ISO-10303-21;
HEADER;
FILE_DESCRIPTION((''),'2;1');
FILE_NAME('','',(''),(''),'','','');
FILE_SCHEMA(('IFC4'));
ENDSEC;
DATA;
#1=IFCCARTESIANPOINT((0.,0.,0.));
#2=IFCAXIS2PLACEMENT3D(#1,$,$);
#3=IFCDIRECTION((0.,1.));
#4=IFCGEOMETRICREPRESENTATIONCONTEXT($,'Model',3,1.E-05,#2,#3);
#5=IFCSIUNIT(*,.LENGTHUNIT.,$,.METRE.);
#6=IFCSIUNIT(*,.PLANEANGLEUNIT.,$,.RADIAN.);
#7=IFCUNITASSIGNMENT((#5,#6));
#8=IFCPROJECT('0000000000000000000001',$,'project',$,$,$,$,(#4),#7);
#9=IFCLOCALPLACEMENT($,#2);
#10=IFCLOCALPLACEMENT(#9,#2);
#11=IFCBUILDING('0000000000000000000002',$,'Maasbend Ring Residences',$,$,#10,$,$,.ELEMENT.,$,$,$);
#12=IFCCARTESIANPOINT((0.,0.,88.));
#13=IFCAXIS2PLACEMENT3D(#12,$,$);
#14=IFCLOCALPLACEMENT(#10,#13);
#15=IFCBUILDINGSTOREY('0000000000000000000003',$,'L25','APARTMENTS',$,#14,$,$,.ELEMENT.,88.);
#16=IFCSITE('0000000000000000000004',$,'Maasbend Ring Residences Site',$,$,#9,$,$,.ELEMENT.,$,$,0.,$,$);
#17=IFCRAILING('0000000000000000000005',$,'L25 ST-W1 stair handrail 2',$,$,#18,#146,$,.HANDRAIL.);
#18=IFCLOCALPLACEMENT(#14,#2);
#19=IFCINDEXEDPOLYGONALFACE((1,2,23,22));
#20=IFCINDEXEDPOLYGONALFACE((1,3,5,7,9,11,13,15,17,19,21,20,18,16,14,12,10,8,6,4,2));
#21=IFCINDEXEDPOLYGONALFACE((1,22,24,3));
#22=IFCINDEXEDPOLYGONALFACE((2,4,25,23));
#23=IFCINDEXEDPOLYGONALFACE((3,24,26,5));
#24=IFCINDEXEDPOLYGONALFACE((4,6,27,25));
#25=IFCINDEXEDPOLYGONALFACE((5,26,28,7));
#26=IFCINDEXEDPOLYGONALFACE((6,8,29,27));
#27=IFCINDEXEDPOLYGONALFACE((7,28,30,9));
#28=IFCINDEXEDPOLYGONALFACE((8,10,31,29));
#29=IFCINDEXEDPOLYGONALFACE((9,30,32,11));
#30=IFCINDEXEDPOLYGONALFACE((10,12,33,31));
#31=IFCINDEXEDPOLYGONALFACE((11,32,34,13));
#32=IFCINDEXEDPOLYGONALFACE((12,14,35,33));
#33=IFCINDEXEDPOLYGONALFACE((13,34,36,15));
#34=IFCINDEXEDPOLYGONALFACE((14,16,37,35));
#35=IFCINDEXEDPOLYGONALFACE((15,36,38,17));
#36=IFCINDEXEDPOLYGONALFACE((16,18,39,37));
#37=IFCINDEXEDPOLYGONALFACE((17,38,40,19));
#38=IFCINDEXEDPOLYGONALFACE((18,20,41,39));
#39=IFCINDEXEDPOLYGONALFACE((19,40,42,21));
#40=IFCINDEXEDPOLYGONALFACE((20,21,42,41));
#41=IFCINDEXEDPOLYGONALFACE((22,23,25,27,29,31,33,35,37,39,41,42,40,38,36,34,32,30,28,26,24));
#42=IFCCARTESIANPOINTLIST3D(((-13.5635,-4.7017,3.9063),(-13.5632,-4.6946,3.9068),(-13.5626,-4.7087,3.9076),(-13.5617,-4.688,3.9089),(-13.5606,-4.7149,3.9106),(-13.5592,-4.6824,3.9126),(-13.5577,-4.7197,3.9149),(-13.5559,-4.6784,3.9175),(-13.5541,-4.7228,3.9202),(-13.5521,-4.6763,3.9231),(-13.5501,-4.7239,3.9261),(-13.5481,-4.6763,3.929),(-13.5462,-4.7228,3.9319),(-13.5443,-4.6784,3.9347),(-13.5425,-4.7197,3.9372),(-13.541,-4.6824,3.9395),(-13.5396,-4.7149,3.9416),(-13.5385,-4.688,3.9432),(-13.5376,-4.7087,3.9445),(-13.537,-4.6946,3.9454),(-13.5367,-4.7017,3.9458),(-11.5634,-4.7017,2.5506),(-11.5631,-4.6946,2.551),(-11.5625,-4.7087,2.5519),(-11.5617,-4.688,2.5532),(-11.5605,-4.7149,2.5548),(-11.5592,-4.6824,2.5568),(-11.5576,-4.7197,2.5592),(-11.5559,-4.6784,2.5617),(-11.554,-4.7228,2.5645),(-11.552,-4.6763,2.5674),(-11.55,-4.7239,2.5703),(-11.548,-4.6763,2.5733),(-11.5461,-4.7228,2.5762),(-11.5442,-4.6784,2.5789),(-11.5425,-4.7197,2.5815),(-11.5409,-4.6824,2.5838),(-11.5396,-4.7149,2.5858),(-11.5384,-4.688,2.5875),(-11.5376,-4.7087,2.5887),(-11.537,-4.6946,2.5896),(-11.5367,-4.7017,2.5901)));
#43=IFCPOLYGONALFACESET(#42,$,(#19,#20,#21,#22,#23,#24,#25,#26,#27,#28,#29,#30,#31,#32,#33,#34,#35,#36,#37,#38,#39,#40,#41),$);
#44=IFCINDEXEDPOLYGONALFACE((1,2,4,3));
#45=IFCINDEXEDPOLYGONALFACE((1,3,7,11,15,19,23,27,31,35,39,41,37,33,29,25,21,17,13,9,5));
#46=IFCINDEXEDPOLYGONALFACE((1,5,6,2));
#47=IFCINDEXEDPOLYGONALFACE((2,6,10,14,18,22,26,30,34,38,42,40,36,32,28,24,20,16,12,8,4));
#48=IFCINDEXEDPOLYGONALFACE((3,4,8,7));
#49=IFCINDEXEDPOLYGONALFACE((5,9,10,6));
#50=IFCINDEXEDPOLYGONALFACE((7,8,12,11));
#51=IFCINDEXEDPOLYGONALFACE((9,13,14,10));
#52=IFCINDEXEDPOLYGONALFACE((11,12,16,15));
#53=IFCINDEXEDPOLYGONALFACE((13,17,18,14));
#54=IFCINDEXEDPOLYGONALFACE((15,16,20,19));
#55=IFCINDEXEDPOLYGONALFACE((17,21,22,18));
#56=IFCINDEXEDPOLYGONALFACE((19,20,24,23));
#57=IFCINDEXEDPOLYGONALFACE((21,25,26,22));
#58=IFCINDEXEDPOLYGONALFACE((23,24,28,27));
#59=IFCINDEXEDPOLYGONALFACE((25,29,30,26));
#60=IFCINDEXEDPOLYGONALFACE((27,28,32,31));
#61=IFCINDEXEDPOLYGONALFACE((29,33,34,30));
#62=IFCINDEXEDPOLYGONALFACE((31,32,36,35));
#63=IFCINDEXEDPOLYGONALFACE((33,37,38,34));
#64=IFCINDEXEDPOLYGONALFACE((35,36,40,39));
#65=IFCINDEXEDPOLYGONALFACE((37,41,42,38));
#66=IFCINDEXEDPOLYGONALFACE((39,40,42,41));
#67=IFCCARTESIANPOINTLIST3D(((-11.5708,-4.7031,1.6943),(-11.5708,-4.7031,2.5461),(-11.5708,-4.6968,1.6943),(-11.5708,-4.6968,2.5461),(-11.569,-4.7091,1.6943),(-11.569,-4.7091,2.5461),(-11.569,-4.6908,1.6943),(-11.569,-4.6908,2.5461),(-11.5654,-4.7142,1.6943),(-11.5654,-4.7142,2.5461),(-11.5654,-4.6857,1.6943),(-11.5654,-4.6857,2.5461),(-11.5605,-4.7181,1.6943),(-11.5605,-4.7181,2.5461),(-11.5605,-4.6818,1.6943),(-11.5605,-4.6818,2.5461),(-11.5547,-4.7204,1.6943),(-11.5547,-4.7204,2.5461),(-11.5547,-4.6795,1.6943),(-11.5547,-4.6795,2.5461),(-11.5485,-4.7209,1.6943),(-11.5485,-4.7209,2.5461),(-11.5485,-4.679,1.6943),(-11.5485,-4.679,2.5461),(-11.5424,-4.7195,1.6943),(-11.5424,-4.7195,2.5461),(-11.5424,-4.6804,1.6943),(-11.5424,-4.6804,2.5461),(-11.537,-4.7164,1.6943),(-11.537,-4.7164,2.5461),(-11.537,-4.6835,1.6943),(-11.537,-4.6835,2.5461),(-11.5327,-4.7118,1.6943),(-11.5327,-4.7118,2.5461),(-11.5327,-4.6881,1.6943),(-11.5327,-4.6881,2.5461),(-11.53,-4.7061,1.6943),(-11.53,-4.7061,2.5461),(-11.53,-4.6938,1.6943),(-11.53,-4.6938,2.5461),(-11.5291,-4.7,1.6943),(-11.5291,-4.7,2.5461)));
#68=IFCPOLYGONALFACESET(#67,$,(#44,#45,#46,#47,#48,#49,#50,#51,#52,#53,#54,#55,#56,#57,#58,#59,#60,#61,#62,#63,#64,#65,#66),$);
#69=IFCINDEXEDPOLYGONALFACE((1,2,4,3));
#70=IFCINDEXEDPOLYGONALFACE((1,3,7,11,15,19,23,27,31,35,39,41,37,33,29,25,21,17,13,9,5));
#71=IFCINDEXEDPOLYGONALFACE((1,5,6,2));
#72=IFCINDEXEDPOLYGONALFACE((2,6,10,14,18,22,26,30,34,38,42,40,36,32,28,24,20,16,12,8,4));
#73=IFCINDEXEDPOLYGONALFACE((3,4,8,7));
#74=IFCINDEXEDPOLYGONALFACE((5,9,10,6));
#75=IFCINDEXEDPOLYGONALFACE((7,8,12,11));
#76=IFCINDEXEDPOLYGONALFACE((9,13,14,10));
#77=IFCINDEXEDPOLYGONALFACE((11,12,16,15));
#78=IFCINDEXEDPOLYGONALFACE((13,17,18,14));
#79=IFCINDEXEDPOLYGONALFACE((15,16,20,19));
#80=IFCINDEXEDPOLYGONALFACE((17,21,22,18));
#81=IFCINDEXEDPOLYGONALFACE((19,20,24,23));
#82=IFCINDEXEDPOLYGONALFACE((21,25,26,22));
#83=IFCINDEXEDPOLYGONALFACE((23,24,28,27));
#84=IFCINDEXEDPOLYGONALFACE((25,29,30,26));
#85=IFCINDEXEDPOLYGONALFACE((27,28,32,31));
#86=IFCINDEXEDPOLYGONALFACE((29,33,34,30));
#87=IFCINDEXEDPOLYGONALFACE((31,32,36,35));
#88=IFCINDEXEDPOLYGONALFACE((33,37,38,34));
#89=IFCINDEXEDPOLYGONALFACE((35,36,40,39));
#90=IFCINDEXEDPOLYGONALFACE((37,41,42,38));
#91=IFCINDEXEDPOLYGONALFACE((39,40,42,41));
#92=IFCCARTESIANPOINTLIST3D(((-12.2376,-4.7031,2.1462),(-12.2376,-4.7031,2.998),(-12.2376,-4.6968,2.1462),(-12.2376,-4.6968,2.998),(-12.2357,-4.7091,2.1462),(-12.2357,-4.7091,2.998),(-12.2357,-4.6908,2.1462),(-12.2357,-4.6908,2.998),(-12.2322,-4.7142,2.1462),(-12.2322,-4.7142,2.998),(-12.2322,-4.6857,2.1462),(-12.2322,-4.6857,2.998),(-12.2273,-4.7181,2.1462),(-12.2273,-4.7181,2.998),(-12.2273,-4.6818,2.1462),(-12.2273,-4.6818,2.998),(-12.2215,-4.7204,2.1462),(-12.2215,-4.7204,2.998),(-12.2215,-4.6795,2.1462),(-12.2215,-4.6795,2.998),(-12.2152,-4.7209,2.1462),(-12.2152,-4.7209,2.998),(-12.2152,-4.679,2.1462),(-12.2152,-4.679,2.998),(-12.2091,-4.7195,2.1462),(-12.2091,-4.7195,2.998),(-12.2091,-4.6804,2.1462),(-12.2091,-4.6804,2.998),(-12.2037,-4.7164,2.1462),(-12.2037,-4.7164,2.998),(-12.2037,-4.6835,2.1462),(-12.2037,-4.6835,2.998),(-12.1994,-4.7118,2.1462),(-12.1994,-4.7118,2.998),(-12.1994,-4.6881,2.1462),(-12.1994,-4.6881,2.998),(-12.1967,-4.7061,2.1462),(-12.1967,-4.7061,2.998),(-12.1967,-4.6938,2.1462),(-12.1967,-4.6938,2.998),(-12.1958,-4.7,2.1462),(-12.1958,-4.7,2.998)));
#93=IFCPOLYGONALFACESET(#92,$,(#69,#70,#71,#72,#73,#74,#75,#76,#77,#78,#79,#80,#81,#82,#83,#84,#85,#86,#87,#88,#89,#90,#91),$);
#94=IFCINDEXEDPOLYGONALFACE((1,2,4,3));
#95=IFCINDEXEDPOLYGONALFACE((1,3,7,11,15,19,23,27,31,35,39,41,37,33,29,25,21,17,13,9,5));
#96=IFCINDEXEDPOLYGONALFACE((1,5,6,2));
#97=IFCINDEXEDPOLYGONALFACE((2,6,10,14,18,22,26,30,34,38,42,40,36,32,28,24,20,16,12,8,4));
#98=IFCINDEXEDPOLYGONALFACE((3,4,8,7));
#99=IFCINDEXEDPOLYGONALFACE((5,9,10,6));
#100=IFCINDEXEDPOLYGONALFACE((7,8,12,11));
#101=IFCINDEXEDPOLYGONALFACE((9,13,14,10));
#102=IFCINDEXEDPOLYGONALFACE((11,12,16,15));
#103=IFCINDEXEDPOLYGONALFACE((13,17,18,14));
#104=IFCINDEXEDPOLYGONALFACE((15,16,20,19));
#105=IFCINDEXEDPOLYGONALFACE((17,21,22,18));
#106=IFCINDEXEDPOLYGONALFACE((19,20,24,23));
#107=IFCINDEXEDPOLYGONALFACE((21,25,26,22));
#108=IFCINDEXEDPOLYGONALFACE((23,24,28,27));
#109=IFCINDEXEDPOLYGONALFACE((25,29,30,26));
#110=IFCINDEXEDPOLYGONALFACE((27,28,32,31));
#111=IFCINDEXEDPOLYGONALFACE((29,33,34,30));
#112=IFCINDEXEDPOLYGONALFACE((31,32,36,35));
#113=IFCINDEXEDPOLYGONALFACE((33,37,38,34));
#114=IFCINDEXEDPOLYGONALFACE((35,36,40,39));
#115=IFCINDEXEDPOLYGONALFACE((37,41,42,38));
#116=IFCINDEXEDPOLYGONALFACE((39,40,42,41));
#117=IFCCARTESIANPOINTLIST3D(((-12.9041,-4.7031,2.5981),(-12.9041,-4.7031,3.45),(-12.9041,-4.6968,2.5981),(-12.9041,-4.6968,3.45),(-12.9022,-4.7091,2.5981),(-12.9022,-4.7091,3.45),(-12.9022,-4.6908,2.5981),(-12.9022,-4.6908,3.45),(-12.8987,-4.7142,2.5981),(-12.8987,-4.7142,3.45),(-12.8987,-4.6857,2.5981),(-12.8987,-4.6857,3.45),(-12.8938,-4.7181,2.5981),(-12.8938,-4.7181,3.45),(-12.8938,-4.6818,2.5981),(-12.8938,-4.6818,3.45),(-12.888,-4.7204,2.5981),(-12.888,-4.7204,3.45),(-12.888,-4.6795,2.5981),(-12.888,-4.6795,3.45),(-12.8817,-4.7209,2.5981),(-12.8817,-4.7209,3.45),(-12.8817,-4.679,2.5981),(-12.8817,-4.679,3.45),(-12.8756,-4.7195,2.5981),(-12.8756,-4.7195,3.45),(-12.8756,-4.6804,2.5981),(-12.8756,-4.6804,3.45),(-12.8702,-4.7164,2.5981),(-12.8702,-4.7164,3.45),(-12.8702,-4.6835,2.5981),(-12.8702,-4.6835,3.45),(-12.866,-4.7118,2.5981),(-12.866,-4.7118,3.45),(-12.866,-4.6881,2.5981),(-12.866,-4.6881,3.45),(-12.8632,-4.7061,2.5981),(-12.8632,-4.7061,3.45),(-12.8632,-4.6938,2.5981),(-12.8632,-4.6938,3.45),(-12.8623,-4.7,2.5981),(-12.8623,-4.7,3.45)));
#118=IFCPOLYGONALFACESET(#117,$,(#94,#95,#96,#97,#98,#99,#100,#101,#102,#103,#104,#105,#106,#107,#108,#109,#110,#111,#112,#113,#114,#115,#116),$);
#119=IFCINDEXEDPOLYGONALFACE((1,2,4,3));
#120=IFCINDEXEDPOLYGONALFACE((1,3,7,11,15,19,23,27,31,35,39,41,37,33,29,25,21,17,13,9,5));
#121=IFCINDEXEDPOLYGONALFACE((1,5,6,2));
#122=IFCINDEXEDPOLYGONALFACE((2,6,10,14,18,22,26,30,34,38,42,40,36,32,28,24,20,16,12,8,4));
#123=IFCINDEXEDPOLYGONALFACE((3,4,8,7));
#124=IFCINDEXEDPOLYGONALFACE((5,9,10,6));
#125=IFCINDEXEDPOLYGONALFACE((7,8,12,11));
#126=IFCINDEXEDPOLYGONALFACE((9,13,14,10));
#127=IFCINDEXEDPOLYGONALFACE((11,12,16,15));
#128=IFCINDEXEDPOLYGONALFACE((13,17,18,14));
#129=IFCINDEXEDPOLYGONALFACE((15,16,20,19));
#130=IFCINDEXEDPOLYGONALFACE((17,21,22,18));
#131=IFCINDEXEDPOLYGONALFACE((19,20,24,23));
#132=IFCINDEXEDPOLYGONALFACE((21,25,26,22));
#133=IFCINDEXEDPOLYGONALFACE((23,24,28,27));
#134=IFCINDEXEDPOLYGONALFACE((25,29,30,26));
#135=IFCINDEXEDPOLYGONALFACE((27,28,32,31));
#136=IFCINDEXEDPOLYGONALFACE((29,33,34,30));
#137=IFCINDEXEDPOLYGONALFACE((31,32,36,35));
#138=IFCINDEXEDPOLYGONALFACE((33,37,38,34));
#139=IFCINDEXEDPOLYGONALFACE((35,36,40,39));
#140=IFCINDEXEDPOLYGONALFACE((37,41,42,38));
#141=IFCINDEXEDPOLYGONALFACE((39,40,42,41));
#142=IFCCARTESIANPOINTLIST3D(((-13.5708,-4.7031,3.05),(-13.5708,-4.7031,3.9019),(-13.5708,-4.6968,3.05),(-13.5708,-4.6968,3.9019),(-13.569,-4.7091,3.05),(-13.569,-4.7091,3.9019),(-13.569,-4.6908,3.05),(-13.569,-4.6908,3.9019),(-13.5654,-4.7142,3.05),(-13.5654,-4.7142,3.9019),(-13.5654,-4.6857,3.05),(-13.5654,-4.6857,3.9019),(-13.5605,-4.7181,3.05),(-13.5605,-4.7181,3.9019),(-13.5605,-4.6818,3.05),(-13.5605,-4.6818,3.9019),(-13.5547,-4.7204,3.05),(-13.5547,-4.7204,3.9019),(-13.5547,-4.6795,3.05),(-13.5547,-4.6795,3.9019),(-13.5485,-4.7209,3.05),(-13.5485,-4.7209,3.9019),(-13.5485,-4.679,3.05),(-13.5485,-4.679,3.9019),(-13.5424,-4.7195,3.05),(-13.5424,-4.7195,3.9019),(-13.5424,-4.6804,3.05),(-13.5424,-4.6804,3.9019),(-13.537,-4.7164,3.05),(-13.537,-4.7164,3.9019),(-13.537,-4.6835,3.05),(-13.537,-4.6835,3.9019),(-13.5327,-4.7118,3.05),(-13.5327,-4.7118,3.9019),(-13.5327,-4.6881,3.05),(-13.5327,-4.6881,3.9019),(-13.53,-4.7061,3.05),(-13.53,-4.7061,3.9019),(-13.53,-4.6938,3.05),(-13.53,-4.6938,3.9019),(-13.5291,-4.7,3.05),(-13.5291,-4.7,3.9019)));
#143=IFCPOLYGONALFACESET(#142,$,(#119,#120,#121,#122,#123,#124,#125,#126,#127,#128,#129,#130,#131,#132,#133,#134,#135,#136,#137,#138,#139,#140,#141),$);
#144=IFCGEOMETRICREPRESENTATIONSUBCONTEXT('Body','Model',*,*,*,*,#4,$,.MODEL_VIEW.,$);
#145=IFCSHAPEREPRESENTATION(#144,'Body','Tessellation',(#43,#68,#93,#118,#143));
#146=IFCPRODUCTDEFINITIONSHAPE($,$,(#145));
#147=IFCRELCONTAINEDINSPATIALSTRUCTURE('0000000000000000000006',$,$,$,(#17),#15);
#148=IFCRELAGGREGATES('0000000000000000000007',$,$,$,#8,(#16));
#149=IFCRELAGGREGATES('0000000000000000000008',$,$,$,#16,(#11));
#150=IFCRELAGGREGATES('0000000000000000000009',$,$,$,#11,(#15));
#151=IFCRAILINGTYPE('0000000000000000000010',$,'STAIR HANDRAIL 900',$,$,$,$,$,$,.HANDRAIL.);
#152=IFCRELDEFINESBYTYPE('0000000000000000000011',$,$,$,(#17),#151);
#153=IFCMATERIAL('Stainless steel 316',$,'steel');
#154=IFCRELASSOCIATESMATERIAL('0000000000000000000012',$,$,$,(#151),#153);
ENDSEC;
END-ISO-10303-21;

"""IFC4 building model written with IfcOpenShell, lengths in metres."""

from ifc_helpers import new_model, si_unit, direction, frame, origin, origin_2d, place, context, subcontext, project, spatial, circle, extrude, material, type_object, element, save


model = new_model("IFC4")

# Units and contexts
model_context = context("Model", 3, precision=1e-05, world=origin(), true_north=direction((0.0, 1.0)))
body_context = subcontext(model_context, "Body", "Model", "MODEL_VIEW")
ifc_project = project(units=[si_unit("LENGTHUNIT", "METRE"), si_unit("PLANEANGLEUNIT", "RADIAN")], contexts=[model_context])

# Site, building, storey
site_placement = place(None, origin())
site = spatial("IfcSite", under=ifc_project, at=site_placement, Name="Maasbend Ring Residences Site", CompositionType="ELEMENT", RefElevation=0.0)
building_placement = place(site_placement, origin())
building = spatial("IfcBuilding", under=site, at=building_placement, Name="Maasbend Ring Residences", CompositionType="ELEMENT")
storey_placement = place(building_placement, frame((0.0, 0.0, 88.0)))
storey = spatial("IfcBuildingStorey", under=building, at=storey_placement, Name="L25", Description="APARTMENTS", CompositionType="ELEMENT", Elevation=88.0)

# Railing
ifc_material_1 = material(Name="Stainless steel 316", Category="steel")
railing_type_1 = type_object("IfcRailingType", Name="STAIR HANDRAIL 900", PredefinedType="HANDRAIL", material=ifc_material_1)
railing_1_placement = place(storey_placement, frame((-11.55, -4.7, 1.6943)))
element("IfcRailing", 1, at=railing_1_placement, inside=storey, type_object=railing_type_1, Name="L25 ST-W1 stair handrail 2", PredefinedType="HANDRAIL", context=body_context, shape_type="SweptSolid", body=[
    extrude(circle(Radius=0.0239, at=origin_2d()), frame((0.0, 0.0, 0.876), z_axis=(-0.827751, 0.0, 0.561096), x_axis=(0.0, -1.0, 0.0)), (0.0, 0.0, 1.0), 2.4163),
    extrude(circle(Radius=0.021, at=origin_2d()), origin(), (0.0, 0.0, 1.0), 0.8518),
    extrude(circle(Radius=0.021, at=origin_2d()), frame((-0.6667, 0.0, 0.4519)), (0.0, 0.0, 1.0), 0.8518),
    extrude(circle(Radius=0.021, at=origin_2d()), frame((-1.3333, 0.0, 0.9038)), (0.0, 0.0, 1.0), 0.8518),
    extrude(circle(Radius=0.021, at=origin_2d()), frame((-2.0, 0.0, 1.3557)), (0.0, 0.0, 1.0), 0.8518),
])

save(model, "model.ifc")
